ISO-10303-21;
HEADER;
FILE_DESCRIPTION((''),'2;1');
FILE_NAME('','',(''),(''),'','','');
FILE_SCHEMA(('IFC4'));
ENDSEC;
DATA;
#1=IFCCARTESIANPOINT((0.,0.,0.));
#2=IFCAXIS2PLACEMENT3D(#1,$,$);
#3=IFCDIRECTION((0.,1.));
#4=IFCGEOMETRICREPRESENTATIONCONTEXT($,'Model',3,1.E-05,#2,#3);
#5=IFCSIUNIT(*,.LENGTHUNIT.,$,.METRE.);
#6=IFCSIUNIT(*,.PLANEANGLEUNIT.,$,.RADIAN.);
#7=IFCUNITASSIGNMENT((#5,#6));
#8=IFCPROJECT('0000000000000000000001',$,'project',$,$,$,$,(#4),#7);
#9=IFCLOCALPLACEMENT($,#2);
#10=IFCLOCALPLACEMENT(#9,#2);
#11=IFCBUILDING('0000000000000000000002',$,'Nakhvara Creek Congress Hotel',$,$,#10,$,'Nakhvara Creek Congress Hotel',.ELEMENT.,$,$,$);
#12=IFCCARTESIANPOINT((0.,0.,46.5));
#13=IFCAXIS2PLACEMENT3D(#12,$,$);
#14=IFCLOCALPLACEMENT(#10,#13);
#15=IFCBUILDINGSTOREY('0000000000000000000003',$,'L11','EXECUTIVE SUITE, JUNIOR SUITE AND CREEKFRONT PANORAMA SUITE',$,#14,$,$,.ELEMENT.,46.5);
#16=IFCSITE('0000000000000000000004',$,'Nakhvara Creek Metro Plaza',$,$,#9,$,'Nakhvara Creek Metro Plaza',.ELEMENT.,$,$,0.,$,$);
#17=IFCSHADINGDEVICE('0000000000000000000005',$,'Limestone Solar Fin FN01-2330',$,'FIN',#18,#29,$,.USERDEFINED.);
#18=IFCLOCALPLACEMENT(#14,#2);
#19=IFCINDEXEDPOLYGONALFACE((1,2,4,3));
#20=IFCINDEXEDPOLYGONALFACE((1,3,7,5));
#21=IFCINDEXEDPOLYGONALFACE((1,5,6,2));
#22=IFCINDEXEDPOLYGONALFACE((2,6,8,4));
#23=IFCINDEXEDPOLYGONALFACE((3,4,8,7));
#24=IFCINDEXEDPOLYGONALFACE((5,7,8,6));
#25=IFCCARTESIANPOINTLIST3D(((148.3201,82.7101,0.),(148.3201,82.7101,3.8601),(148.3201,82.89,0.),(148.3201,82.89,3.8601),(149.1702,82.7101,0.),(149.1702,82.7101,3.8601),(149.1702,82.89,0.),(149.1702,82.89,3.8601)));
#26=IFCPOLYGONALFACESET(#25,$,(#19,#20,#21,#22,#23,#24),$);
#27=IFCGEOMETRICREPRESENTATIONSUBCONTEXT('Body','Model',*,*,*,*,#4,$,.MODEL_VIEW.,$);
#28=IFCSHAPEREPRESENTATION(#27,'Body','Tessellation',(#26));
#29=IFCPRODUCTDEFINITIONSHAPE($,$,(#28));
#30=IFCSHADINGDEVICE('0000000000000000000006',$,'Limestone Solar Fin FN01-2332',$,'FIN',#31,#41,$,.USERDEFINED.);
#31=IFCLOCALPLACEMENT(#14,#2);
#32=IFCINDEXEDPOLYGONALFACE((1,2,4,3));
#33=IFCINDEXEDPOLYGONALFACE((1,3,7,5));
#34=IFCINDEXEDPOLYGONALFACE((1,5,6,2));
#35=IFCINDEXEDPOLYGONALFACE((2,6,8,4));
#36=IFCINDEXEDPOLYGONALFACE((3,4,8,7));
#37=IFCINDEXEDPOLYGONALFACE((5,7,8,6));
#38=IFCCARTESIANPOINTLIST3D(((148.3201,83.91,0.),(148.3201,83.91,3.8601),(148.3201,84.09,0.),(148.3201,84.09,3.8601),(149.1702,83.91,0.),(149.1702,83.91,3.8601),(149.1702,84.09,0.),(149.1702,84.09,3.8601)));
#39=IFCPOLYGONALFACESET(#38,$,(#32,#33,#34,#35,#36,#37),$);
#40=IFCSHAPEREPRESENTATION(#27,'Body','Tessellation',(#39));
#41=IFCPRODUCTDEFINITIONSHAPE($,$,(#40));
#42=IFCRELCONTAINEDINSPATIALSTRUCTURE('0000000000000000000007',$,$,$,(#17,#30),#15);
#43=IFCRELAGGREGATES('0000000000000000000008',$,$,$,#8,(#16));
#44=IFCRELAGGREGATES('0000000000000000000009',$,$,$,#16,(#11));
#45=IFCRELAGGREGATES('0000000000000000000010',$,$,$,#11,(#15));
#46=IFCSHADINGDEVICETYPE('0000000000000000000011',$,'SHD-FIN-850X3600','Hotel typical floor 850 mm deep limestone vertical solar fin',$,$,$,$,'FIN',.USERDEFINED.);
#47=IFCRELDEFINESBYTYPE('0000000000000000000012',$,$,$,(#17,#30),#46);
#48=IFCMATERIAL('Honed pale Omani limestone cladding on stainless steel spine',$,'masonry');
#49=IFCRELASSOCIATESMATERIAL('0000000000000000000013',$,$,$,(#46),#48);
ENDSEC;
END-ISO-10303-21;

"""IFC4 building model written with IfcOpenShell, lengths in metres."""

from ifc_helpers import new_model, si_unit, direction, frame, origin, origin_2d, place, context, subcontext, project, spatial, rectangle, extrude, material, type_object, element, save


model = new_model("IFC4")

# Units and contexts
model_context = context("Model", 3, precision=1e-05, world=origin(), true_north=direction((0.0, 1.0)))
body_context = subcontext(model_context, "Body", "Model", "MODEL_VIEW")
ifc_project = project(units=[si_unit("LENGTHUNIT", "METRE"), si_unit("PLANEANGLEUNIT", "RADIAN")], contexts=[model_context])

# Site, building, storey
site_placement = place(None, origin())
site = spatial("IfcSite", under=ifc_project, at=site_placement, Name="Nakhvara Creek Metro Plaza", LongName="Nakhvara Creek Metro Plaza", CompositionType="ELEMENT", RefElevation=0.0)
building_placement = place(site_placement, origin())
building = spatial("IfcBuilding", under=site, at=building_placement, Name="Nakhvara Creek Congress Hotel", LongName="Nakhvara Creek Congress Hotel", CompositionType="ELEMENT")
storey_placement = place(building_placement, frame((0.0, 0.0, 46.5)))
storey = spatial("IfcBuildingStorey", under=building, at=storey_placement, Name="L11", Description="EXECUTIVE SUITE, JUNIOR SUITE AND CREEKFRONT PANORAMA SUITE", CompositionType="ELEMENT", Elevation=46.5)

# Shading devices
ifc_material_1 = material(Name="Honed pale Omani limestone cladding on stainless steel spine", Category="masonry")
shading_device_type = type_object("IfcShadingDeviceType", Name="SHD-FIN-850X3600", Description="Hotel typical floor 850 mm deep limestone vertical solar fin", ElementType="FIN", PredefinedType="USERDEFINED", material=ifc_material_1)
for number, where, z_axis, x_axis, name in (
    (1, (148.7451, 82.8, 0.0), (0.0, 0.0, 1.0), (0.0, 1.0, 0.0), "Limestone Solar Fin FN01-2330"),
    (2, (148.7451, 84.0, 0.0), (0.0, 0.0, 1.0), (0.0, 1.0, 0.0), "Limestone Solar Fin FN01-2332"),
):
    element("IfcShadingDevice", number, at=place(storey_placement, frame(where, z_axis=z_axis, x_axis=x_axis)), inside=storey, type_object=shading_device_type, Name=name, ObjectType="FIN", PredefinedType="USERDEFINED", context=body_context, shape_type="SweptSolid", body=[
        extrude(rectangle(XDim=0.1799, YDim=0.8501, at=origin_2d()), origin(), (0.0, 0.0, 1.0), 3.8601),
    ])

save(model, "model.ifc")
